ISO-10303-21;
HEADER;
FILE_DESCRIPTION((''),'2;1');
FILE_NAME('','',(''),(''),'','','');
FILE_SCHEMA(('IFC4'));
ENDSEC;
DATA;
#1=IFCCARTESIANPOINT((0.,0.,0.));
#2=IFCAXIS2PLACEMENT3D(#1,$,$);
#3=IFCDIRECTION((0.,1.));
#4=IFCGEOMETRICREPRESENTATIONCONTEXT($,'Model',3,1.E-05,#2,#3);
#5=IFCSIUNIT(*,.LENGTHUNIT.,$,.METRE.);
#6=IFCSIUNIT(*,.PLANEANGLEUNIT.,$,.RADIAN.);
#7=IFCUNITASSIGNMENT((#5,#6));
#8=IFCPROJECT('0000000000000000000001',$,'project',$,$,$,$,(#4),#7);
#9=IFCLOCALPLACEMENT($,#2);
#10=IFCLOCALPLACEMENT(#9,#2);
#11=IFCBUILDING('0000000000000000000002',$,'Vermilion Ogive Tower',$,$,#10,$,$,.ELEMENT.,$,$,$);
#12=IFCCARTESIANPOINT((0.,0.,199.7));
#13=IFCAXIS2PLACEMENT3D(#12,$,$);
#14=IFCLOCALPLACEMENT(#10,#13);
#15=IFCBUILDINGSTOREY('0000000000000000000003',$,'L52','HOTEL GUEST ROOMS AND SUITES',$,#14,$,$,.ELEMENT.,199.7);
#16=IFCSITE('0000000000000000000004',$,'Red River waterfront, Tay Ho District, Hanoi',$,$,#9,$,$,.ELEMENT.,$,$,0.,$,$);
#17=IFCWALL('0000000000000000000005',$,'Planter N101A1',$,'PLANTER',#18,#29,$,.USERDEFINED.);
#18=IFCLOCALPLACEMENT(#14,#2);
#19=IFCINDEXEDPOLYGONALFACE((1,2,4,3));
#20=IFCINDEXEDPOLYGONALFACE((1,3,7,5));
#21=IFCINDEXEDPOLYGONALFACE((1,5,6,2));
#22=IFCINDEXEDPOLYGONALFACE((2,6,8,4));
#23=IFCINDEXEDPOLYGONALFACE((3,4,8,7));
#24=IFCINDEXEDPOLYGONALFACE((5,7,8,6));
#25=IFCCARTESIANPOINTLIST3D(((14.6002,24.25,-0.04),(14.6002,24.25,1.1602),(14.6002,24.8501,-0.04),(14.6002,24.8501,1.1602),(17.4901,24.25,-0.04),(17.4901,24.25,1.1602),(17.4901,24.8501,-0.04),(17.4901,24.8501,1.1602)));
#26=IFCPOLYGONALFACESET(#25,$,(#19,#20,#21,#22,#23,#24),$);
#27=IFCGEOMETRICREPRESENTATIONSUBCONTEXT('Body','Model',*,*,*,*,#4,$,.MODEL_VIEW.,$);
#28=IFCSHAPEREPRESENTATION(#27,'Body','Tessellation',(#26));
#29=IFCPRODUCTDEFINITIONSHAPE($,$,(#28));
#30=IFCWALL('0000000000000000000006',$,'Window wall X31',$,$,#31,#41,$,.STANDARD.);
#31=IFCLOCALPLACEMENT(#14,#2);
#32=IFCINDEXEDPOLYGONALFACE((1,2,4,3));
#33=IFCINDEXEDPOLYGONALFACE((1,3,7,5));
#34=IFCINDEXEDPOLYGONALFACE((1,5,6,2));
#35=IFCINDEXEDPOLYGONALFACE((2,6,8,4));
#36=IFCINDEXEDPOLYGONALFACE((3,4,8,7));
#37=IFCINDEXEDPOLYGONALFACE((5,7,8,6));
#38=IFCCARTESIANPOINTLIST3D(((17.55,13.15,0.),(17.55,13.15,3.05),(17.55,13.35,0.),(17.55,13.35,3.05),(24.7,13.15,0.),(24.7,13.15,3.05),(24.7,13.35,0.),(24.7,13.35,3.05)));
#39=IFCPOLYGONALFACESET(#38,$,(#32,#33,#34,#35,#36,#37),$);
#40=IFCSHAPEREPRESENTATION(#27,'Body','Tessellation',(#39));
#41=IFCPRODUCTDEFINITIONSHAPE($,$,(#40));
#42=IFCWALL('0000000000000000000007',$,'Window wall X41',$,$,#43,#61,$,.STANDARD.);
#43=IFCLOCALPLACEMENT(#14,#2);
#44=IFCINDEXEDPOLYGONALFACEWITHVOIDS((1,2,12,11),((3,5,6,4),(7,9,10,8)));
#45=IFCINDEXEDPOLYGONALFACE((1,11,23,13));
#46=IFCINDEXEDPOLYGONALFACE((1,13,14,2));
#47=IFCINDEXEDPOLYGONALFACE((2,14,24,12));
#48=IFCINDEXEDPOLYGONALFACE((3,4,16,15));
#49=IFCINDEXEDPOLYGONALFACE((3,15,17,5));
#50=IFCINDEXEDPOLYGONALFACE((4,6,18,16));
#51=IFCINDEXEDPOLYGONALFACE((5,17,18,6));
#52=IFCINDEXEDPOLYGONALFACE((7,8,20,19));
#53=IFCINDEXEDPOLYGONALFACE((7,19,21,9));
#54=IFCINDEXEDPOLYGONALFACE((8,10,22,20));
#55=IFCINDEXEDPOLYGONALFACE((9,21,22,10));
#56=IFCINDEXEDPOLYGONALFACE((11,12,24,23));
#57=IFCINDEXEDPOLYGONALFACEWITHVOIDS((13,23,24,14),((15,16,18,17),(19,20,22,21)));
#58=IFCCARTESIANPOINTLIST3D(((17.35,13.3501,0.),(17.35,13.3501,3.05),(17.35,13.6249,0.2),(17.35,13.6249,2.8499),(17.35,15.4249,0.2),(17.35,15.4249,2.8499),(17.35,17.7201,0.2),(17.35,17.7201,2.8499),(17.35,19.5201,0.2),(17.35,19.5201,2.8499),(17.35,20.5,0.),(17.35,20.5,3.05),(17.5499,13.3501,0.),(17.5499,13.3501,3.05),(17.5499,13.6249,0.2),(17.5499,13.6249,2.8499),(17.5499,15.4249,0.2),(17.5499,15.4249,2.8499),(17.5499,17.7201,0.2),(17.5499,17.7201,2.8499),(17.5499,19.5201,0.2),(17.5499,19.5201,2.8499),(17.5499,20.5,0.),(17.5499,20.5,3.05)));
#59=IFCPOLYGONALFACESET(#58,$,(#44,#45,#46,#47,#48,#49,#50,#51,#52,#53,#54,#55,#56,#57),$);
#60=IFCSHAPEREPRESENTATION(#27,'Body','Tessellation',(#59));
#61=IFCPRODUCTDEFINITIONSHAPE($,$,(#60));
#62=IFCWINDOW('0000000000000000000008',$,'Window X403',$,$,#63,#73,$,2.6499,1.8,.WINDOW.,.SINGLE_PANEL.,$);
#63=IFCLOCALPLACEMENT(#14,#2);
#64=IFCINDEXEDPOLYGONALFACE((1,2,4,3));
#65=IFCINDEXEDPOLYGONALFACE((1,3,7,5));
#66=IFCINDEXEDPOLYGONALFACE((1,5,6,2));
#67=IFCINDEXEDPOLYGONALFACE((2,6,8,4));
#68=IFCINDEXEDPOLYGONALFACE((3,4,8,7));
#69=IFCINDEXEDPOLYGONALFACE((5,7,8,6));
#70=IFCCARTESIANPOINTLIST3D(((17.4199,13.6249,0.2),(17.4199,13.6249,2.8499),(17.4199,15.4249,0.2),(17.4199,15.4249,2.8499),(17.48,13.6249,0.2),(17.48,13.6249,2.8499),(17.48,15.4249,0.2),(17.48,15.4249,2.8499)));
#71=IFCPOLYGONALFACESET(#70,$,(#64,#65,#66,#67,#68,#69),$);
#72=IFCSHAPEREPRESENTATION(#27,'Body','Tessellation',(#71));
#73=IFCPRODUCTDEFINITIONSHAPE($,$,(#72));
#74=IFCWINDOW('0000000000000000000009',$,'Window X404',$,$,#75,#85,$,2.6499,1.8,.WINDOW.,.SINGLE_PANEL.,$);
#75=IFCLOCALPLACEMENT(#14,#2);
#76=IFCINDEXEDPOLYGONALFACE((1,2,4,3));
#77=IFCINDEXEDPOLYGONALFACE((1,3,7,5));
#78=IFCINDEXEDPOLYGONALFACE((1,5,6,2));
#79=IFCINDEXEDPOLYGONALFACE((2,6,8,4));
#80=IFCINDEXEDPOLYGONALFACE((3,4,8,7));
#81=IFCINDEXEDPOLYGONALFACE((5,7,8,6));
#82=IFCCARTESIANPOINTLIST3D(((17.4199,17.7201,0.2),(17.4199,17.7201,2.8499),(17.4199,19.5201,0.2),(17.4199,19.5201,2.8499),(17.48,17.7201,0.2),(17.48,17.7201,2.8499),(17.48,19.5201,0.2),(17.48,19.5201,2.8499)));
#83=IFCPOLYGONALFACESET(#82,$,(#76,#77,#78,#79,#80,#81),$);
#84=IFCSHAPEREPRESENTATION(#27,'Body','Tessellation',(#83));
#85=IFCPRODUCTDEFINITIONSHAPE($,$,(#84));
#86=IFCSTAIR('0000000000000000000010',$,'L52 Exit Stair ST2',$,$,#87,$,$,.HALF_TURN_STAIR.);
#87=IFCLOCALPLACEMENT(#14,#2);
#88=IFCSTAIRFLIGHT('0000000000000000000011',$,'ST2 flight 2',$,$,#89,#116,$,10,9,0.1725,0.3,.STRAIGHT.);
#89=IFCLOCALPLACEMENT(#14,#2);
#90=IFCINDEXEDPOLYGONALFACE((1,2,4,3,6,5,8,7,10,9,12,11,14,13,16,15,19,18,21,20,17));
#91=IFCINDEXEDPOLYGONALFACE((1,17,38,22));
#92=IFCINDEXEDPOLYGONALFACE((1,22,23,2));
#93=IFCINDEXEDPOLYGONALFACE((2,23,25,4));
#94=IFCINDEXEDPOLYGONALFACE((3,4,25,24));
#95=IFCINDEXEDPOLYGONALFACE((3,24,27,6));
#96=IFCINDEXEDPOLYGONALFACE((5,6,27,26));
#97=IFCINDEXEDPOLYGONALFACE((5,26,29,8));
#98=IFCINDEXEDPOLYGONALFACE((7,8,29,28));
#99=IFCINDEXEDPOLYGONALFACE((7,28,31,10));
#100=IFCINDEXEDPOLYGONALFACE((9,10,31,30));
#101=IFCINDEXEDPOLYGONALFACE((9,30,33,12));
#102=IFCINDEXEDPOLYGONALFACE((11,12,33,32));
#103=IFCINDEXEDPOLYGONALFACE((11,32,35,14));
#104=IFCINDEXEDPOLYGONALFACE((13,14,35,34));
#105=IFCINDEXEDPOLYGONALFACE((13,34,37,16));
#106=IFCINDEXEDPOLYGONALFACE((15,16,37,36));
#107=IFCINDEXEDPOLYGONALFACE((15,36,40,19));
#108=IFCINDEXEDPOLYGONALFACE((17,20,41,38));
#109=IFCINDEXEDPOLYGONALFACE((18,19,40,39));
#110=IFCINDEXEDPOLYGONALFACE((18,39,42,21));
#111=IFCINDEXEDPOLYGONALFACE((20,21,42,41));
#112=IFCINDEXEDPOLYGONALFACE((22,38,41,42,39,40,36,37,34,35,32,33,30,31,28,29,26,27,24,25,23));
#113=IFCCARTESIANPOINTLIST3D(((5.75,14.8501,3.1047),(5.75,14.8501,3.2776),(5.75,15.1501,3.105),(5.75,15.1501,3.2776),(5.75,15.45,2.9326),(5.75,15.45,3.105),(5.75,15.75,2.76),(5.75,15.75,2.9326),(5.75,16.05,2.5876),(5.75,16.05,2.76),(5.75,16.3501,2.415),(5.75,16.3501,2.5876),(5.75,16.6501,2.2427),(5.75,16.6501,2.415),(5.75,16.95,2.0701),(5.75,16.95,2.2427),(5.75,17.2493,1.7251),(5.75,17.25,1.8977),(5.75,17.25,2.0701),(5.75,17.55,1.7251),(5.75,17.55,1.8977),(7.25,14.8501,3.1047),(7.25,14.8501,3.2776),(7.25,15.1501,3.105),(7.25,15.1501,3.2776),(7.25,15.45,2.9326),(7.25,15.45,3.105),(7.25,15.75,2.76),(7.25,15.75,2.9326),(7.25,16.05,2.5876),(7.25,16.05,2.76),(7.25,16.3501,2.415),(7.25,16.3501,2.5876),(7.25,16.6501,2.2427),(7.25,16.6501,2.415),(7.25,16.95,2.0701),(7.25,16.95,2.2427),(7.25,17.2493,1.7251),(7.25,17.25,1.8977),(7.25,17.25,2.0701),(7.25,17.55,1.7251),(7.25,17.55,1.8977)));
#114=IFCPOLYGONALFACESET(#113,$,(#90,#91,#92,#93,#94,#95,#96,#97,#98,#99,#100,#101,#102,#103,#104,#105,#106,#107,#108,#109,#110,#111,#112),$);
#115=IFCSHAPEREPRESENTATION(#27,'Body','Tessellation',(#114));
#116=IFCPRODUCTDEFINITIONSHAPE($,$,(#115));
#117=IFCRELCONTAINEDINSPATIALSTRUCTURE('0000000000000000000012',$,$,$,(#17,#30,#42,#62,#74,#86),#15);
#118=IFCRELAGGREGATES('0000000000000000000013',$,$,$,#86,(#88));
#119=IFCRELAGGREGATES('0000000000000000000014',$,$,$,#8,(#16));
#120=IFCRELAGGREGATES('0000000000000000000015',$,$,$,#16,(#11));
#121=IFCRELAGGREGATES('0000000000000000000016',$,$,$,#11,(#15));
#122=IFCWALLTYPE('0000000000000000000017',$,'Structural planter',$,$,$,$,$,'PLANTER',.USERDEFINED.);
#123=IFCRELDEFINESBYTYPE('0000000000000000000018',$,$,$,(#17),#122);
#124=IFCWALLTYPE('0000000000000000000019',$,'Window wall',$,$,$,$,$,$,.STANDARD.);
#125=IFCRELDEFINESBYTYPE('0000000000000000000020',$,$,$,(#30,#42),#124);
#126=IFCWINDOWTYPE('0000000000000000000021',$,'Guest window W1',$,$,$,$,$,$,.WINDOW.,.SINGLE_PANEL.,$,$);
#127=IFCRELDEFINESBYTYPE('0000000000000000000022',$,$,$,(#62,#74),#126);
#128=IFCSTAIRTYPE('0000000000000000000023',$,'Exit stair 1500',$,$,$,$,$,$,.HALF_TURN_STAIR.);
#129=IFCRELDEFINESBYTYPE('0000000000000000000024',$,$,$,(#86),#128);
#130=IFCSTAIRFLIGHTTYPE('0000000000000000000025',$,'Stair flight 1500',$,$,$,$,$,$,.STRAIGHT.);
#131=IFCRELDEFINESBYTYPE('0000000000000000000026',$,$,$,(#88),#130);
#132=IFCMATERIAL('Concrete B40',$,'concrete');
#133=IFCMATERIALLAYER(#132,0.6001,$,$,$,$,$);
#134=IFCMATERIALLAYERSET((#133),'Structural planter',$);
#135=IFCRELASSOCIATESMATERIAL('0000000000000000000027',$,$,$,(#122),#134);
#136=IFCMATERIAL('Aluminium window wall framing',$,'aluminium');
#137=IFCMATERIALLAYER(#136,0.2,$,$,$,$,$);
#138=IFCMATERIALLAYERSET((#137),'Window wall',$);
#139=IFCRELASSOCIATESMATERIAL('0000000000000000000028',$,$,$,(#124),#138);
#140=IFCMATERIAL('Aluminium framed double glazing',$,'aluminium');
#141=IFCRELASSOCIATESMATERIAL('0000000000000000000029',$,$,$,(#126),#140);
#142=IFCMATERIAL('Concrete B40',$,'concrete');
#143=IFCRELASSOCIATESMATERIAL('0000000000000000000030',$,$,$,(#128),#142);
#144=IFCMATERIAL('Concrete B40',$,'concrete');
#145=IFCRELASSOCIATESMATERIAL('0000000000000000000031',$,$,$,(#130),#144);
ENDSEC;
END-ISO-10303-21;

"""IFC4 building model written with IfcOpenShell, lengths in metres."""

from ifc_helpers import new_model, si_unit, direction, frame, frame_2d, origin, place, context, subcontext, project, spatial, polyline, rectangle, outline, extrude, material, layer, layer_set, type_object, element, fill, aggregate, save


model = new_model("IFC4")

# Units and contexts
model_context = context("Model", 3, precision=1e-05, world=origin(), true_north=direction((0.0, 1.0)))
body_context = subcontext(model_context, "Body", "Model", "MODEL_VIEW")
ifc_project = project(units=[si_unit("LENGTHUNIT", "METRE"), si_unit("PLANEANGLEUNIT", "RADIAN")], contexts=[model_context])

# Site, building, storey
site_placement = place(None, origin())
site = spatial("IfcSite", under=ifc_project, at=site_placement, Name="Red River waterfront, Tay Ho District, Hanoi", CompositionType="ELEMENT", RefElevation=0.0)
building_placement = place(site_placement, origin())
building = spatial("IfcBuilding", under=site, at=building_placement, Name="Vermilion Ogive Tower", CompositionType="ELEMENT")
storey_placement = place(building_placement, frame((0.0, 0.0, 199.7)))
storey = spatial("IfcBuildingStorey", under=building, at=storey_placement, Name="L52", Description="HOTEL GUEST ROOMS AND SUITES", CompositionType="ELEMENT", Elevation=199.7)

# Walls
ifc_material_1 = material(Name="Concrete B40", Category="concrete")
ifc_layer_1 = layer(ifc_material_1, 0.6001)
ifc_layer_set_1 = layer_set([ifc_layer_1], Name="Structural planter")
wall_type_1 = type_object("IfcWallType", Name="Structural planter", ElementType="PLANTER", PredefinedType="USERDEFINED", material=ifc_layer_set_1)
wall_1_placement = place(storey_placement, frame((17.49, 24.55, -0.04), z_axis=(0.0, 0.0, 1.0), x_axis=(-1.0, 0.0, 0.0)))
element("IfcWall", 1, at=wall_1_placement, inside=storey, type_object=wall_type_1, Name="Planter N101A1", ObjectType="PLANTER", PredefinedType="USERDEFINED", context=body_context, shape_type="SweptSolid", body=[
    extrude(rectangle(XDim=2.8899, YDim=0.6001, at=frame_2d((1.4448, 0.0))), origin(), (0.0, 0.0, 1.0), 1.2002),
])
ifc_material_2 = material(Name="Aluminium window wall framing", Category="aluminium")
ifc_layer_2 = layer(ifc_material_2, 0.2)
ifc_layer_set_2 = layer_set([ifc_layer_2], Name="Window wall")
wall_type_2 = type_object("IfcWallType", Name="Window wall", PredefinedType="STANDARD", material=ifc_layer_set_2)
wall_2_placement = place(storey_placement, frame((24.7, 13.25, 0.0), z_axis=(0.0, 0.0, 1.0), x_axis=(-1.0, 0.0, 0.0)))
element("IfcWall", 2, at=wall_2_placement, inside=storey, type_object=wall_type_2, Name="Window wall X31", PredefinedType="STANDARD", context=body_context, shape_type="SweptSolid", body=[
    extrude(rectangle(XDim=7.1499, YDim=0.2, at=frame_2d((3.575, 0.0))), origin(), (0.0, 0.0, 1.0), 3.05),
])

# Wall, openings, windows
wall_3_placement = place(storey_placement, frame((17.45, 13.3501, 0.0), z_axis=(0.0, 0.0, 1.0), x_axis=(0.0, 1.0, 0.0)))
wall_3 = element("IfcWall", 3, at=wall_3_placement, inside=storey, type_object=wall_type_2, Name="Window wall X41", PredefinedType="STANDARD", context=body_context, shape_type="SweptSolid", body=[
    extrude(rectangle(XDim=7.1499, YDim=0.2, at=frame_2d((3.575, 0.0))), origin(), (0.0, 0.0, 1.0), 3.05),
])
opening_1_placement = place(wall_3_placement, frame((0.2749, 0.0, 0.2)))
opening_1 = element("IfcOpeningElement", 4, at=opening_1_placement, cuts=wall_3, PredefinedType="OPENING", context=body_context, shape_type="SweptSolid", body=[
    extrude(rectangle(XDim=1.8, YDim=2.6499, at=frame_2d((0.8999, 1.325))), frame((0.0, 0.1099, 0.0), z_axis=(0.0, -1.0, 0.0), x_axis=(1.0, 0.0, 0.0)), (0.0, 0.0, 1.0), 0.22),
])
opening_2_placement = place(wall_3_placement, frame((4.3701, 0.0, 0.2)))
opening_2 = element("IfcOpeningElement", 5, at=opening_2_placement, cuts=wall_3, PredefinedType="OPENING", context=body_context, shape_type="SweptSolid", body=[
    extrude(rectangle(XDim=1.8, YDim=2.6499, at=frame_2d((0.8999, 1.325))), frame((0.0, 0.1099, 0.0), z_axis=(0.0, -1.0, 0.0), x_axis=(1.0, 0.0, 0.0)), (0.0, 0.0, 1.0), 0.22),
])
ifc_material_3 = material(Name="Aluminium framed double glazing", Category="aluminium")
window_type = type_object("IfcWindowType", Name="Guest window W1", PartitioningType="SINGLE_PANEL", PredefinedType="WINDOW", material=ifc_material_3)
window_1_placement = place(opening_1_placement, origin())
window_1 = element("IfcWindow", 6, at=window_1_placement, inside=storey, type_object=window_type, Name="Window X403", OverallHeight=2.6499, OverallWidth=1.8, PartitioningType="SINGLE_PANEL", PredefinedType="WINDOW", context=body_context, shape_type="SweptSolid", body=[
    extrude(rectangle(XDim=1.8, YDim=2.6499, at=frame_2d((0.8999, 1.325))), frame((0.0, 0.03, 0.0), z_axis=(0.0, -1.0, 0.0), x_axis=(1.0, 0.0, 0.0)), (0.0, 0.0, 1.0), 0.0601),
])
fill(opening_1, window_1)
window_2_placement = place(opening_2_placement, origin())
window_2 = element("IfcWindow", 7, at=window_2_placement, inside=storey, type_object=window_type, Name="Window X404", OverallHeight=2.6499, OverallWidth=1.8, PartitioningType="SINGLE_PANEL", PredefinedType="WINDOW", context=body_context, shape_type="SweptSolid", body=[
    extrude(rectangle(XDim=1.8, YDim=2.6499, at=frame_2d((0.8999, 1.325))), frame((0.0, 0.03, 0.0), z_axis=(0.0, -1.0, 0.0), x_axis=(1.0, 0.0, 0.0)), (0.0, 0.0, 1.0), 0.0601),
])
fill(opening_2, window_2)

# Stair, stair flight
ifc_material_4 = material(Name="Concrete B40", Category="concrete")
stair_type = type_object("IfcStairType", Name="Exit stair 1500", PredefinedType="HALF_TURN_STAIR", material=ifc_material_4)
stair_placement = place(storey_placement, origin())
stair = element("IfcStair", 8, at=stair_placement, inside=storey, type_object=stair_type, Name="L52 Exit Stair ST2", PredefinedType="HALF_TURN_STAIR")
ifc_material_5 = material(Name="Concrete B40", Category="concrete")
stair_flight_type = type_object("IfcStairFlightType", Name="Stair flight 1500", PredefinedType="STRAIGHT", material=ifc_material_5)
stair_flight_placement = place(storey_placement, frame((6.5, 17.55, 1.7251), z_axis=(0.0, 0.0, 1.0), x_axis=(0.0, -1.0, 0.0)))
stair_flight = element("IfcStairFlight", 9, at=stair_flight_placement, type_object=stair_flight_type, Name="ST2 flight 2", NumberOfRisers=10, NumberOfTreads=9, PredefinedType="STRAIGHT", RiserHeight=0.1725, TreadLength=0.3, context=body_context, shape_type="SweptSolid", body=[
    extrude(outline(polyline([(0.0, 0.0), (0.0, 0.1726), (0.3, 0.1726), (0.3, 0.345), (0.6001, 0.345), (0.6001, 0.5176), (0.8999, 0.5176), (0.8999, 0.6899), (1.2, 0.6899), (1.2, 0.8625), (1.5, 0.8625), (1.5, 1.0349), (1.8, 1.0349), (1.8, 1.2075), (2.1001, 1.2075), (2.1001, 1.3799), (2.3999, 1.3799), (2.3999, 1.5525), (2.7, 1.5525), (2.7, 1.7251), (2.7, 1.3796), (0.3008, 0.0), (0.0, 0.0)])), frame((0.0, 0.75, 0.0), z_axis=(0.0, -1.0, 0.0), x_axis=(1.0, 0.0, 0.0)), (0.0, 0.0, 1.0), 1.5),
])
aggregate(stair, [stair_flight])

save(model, "model.ifc")
